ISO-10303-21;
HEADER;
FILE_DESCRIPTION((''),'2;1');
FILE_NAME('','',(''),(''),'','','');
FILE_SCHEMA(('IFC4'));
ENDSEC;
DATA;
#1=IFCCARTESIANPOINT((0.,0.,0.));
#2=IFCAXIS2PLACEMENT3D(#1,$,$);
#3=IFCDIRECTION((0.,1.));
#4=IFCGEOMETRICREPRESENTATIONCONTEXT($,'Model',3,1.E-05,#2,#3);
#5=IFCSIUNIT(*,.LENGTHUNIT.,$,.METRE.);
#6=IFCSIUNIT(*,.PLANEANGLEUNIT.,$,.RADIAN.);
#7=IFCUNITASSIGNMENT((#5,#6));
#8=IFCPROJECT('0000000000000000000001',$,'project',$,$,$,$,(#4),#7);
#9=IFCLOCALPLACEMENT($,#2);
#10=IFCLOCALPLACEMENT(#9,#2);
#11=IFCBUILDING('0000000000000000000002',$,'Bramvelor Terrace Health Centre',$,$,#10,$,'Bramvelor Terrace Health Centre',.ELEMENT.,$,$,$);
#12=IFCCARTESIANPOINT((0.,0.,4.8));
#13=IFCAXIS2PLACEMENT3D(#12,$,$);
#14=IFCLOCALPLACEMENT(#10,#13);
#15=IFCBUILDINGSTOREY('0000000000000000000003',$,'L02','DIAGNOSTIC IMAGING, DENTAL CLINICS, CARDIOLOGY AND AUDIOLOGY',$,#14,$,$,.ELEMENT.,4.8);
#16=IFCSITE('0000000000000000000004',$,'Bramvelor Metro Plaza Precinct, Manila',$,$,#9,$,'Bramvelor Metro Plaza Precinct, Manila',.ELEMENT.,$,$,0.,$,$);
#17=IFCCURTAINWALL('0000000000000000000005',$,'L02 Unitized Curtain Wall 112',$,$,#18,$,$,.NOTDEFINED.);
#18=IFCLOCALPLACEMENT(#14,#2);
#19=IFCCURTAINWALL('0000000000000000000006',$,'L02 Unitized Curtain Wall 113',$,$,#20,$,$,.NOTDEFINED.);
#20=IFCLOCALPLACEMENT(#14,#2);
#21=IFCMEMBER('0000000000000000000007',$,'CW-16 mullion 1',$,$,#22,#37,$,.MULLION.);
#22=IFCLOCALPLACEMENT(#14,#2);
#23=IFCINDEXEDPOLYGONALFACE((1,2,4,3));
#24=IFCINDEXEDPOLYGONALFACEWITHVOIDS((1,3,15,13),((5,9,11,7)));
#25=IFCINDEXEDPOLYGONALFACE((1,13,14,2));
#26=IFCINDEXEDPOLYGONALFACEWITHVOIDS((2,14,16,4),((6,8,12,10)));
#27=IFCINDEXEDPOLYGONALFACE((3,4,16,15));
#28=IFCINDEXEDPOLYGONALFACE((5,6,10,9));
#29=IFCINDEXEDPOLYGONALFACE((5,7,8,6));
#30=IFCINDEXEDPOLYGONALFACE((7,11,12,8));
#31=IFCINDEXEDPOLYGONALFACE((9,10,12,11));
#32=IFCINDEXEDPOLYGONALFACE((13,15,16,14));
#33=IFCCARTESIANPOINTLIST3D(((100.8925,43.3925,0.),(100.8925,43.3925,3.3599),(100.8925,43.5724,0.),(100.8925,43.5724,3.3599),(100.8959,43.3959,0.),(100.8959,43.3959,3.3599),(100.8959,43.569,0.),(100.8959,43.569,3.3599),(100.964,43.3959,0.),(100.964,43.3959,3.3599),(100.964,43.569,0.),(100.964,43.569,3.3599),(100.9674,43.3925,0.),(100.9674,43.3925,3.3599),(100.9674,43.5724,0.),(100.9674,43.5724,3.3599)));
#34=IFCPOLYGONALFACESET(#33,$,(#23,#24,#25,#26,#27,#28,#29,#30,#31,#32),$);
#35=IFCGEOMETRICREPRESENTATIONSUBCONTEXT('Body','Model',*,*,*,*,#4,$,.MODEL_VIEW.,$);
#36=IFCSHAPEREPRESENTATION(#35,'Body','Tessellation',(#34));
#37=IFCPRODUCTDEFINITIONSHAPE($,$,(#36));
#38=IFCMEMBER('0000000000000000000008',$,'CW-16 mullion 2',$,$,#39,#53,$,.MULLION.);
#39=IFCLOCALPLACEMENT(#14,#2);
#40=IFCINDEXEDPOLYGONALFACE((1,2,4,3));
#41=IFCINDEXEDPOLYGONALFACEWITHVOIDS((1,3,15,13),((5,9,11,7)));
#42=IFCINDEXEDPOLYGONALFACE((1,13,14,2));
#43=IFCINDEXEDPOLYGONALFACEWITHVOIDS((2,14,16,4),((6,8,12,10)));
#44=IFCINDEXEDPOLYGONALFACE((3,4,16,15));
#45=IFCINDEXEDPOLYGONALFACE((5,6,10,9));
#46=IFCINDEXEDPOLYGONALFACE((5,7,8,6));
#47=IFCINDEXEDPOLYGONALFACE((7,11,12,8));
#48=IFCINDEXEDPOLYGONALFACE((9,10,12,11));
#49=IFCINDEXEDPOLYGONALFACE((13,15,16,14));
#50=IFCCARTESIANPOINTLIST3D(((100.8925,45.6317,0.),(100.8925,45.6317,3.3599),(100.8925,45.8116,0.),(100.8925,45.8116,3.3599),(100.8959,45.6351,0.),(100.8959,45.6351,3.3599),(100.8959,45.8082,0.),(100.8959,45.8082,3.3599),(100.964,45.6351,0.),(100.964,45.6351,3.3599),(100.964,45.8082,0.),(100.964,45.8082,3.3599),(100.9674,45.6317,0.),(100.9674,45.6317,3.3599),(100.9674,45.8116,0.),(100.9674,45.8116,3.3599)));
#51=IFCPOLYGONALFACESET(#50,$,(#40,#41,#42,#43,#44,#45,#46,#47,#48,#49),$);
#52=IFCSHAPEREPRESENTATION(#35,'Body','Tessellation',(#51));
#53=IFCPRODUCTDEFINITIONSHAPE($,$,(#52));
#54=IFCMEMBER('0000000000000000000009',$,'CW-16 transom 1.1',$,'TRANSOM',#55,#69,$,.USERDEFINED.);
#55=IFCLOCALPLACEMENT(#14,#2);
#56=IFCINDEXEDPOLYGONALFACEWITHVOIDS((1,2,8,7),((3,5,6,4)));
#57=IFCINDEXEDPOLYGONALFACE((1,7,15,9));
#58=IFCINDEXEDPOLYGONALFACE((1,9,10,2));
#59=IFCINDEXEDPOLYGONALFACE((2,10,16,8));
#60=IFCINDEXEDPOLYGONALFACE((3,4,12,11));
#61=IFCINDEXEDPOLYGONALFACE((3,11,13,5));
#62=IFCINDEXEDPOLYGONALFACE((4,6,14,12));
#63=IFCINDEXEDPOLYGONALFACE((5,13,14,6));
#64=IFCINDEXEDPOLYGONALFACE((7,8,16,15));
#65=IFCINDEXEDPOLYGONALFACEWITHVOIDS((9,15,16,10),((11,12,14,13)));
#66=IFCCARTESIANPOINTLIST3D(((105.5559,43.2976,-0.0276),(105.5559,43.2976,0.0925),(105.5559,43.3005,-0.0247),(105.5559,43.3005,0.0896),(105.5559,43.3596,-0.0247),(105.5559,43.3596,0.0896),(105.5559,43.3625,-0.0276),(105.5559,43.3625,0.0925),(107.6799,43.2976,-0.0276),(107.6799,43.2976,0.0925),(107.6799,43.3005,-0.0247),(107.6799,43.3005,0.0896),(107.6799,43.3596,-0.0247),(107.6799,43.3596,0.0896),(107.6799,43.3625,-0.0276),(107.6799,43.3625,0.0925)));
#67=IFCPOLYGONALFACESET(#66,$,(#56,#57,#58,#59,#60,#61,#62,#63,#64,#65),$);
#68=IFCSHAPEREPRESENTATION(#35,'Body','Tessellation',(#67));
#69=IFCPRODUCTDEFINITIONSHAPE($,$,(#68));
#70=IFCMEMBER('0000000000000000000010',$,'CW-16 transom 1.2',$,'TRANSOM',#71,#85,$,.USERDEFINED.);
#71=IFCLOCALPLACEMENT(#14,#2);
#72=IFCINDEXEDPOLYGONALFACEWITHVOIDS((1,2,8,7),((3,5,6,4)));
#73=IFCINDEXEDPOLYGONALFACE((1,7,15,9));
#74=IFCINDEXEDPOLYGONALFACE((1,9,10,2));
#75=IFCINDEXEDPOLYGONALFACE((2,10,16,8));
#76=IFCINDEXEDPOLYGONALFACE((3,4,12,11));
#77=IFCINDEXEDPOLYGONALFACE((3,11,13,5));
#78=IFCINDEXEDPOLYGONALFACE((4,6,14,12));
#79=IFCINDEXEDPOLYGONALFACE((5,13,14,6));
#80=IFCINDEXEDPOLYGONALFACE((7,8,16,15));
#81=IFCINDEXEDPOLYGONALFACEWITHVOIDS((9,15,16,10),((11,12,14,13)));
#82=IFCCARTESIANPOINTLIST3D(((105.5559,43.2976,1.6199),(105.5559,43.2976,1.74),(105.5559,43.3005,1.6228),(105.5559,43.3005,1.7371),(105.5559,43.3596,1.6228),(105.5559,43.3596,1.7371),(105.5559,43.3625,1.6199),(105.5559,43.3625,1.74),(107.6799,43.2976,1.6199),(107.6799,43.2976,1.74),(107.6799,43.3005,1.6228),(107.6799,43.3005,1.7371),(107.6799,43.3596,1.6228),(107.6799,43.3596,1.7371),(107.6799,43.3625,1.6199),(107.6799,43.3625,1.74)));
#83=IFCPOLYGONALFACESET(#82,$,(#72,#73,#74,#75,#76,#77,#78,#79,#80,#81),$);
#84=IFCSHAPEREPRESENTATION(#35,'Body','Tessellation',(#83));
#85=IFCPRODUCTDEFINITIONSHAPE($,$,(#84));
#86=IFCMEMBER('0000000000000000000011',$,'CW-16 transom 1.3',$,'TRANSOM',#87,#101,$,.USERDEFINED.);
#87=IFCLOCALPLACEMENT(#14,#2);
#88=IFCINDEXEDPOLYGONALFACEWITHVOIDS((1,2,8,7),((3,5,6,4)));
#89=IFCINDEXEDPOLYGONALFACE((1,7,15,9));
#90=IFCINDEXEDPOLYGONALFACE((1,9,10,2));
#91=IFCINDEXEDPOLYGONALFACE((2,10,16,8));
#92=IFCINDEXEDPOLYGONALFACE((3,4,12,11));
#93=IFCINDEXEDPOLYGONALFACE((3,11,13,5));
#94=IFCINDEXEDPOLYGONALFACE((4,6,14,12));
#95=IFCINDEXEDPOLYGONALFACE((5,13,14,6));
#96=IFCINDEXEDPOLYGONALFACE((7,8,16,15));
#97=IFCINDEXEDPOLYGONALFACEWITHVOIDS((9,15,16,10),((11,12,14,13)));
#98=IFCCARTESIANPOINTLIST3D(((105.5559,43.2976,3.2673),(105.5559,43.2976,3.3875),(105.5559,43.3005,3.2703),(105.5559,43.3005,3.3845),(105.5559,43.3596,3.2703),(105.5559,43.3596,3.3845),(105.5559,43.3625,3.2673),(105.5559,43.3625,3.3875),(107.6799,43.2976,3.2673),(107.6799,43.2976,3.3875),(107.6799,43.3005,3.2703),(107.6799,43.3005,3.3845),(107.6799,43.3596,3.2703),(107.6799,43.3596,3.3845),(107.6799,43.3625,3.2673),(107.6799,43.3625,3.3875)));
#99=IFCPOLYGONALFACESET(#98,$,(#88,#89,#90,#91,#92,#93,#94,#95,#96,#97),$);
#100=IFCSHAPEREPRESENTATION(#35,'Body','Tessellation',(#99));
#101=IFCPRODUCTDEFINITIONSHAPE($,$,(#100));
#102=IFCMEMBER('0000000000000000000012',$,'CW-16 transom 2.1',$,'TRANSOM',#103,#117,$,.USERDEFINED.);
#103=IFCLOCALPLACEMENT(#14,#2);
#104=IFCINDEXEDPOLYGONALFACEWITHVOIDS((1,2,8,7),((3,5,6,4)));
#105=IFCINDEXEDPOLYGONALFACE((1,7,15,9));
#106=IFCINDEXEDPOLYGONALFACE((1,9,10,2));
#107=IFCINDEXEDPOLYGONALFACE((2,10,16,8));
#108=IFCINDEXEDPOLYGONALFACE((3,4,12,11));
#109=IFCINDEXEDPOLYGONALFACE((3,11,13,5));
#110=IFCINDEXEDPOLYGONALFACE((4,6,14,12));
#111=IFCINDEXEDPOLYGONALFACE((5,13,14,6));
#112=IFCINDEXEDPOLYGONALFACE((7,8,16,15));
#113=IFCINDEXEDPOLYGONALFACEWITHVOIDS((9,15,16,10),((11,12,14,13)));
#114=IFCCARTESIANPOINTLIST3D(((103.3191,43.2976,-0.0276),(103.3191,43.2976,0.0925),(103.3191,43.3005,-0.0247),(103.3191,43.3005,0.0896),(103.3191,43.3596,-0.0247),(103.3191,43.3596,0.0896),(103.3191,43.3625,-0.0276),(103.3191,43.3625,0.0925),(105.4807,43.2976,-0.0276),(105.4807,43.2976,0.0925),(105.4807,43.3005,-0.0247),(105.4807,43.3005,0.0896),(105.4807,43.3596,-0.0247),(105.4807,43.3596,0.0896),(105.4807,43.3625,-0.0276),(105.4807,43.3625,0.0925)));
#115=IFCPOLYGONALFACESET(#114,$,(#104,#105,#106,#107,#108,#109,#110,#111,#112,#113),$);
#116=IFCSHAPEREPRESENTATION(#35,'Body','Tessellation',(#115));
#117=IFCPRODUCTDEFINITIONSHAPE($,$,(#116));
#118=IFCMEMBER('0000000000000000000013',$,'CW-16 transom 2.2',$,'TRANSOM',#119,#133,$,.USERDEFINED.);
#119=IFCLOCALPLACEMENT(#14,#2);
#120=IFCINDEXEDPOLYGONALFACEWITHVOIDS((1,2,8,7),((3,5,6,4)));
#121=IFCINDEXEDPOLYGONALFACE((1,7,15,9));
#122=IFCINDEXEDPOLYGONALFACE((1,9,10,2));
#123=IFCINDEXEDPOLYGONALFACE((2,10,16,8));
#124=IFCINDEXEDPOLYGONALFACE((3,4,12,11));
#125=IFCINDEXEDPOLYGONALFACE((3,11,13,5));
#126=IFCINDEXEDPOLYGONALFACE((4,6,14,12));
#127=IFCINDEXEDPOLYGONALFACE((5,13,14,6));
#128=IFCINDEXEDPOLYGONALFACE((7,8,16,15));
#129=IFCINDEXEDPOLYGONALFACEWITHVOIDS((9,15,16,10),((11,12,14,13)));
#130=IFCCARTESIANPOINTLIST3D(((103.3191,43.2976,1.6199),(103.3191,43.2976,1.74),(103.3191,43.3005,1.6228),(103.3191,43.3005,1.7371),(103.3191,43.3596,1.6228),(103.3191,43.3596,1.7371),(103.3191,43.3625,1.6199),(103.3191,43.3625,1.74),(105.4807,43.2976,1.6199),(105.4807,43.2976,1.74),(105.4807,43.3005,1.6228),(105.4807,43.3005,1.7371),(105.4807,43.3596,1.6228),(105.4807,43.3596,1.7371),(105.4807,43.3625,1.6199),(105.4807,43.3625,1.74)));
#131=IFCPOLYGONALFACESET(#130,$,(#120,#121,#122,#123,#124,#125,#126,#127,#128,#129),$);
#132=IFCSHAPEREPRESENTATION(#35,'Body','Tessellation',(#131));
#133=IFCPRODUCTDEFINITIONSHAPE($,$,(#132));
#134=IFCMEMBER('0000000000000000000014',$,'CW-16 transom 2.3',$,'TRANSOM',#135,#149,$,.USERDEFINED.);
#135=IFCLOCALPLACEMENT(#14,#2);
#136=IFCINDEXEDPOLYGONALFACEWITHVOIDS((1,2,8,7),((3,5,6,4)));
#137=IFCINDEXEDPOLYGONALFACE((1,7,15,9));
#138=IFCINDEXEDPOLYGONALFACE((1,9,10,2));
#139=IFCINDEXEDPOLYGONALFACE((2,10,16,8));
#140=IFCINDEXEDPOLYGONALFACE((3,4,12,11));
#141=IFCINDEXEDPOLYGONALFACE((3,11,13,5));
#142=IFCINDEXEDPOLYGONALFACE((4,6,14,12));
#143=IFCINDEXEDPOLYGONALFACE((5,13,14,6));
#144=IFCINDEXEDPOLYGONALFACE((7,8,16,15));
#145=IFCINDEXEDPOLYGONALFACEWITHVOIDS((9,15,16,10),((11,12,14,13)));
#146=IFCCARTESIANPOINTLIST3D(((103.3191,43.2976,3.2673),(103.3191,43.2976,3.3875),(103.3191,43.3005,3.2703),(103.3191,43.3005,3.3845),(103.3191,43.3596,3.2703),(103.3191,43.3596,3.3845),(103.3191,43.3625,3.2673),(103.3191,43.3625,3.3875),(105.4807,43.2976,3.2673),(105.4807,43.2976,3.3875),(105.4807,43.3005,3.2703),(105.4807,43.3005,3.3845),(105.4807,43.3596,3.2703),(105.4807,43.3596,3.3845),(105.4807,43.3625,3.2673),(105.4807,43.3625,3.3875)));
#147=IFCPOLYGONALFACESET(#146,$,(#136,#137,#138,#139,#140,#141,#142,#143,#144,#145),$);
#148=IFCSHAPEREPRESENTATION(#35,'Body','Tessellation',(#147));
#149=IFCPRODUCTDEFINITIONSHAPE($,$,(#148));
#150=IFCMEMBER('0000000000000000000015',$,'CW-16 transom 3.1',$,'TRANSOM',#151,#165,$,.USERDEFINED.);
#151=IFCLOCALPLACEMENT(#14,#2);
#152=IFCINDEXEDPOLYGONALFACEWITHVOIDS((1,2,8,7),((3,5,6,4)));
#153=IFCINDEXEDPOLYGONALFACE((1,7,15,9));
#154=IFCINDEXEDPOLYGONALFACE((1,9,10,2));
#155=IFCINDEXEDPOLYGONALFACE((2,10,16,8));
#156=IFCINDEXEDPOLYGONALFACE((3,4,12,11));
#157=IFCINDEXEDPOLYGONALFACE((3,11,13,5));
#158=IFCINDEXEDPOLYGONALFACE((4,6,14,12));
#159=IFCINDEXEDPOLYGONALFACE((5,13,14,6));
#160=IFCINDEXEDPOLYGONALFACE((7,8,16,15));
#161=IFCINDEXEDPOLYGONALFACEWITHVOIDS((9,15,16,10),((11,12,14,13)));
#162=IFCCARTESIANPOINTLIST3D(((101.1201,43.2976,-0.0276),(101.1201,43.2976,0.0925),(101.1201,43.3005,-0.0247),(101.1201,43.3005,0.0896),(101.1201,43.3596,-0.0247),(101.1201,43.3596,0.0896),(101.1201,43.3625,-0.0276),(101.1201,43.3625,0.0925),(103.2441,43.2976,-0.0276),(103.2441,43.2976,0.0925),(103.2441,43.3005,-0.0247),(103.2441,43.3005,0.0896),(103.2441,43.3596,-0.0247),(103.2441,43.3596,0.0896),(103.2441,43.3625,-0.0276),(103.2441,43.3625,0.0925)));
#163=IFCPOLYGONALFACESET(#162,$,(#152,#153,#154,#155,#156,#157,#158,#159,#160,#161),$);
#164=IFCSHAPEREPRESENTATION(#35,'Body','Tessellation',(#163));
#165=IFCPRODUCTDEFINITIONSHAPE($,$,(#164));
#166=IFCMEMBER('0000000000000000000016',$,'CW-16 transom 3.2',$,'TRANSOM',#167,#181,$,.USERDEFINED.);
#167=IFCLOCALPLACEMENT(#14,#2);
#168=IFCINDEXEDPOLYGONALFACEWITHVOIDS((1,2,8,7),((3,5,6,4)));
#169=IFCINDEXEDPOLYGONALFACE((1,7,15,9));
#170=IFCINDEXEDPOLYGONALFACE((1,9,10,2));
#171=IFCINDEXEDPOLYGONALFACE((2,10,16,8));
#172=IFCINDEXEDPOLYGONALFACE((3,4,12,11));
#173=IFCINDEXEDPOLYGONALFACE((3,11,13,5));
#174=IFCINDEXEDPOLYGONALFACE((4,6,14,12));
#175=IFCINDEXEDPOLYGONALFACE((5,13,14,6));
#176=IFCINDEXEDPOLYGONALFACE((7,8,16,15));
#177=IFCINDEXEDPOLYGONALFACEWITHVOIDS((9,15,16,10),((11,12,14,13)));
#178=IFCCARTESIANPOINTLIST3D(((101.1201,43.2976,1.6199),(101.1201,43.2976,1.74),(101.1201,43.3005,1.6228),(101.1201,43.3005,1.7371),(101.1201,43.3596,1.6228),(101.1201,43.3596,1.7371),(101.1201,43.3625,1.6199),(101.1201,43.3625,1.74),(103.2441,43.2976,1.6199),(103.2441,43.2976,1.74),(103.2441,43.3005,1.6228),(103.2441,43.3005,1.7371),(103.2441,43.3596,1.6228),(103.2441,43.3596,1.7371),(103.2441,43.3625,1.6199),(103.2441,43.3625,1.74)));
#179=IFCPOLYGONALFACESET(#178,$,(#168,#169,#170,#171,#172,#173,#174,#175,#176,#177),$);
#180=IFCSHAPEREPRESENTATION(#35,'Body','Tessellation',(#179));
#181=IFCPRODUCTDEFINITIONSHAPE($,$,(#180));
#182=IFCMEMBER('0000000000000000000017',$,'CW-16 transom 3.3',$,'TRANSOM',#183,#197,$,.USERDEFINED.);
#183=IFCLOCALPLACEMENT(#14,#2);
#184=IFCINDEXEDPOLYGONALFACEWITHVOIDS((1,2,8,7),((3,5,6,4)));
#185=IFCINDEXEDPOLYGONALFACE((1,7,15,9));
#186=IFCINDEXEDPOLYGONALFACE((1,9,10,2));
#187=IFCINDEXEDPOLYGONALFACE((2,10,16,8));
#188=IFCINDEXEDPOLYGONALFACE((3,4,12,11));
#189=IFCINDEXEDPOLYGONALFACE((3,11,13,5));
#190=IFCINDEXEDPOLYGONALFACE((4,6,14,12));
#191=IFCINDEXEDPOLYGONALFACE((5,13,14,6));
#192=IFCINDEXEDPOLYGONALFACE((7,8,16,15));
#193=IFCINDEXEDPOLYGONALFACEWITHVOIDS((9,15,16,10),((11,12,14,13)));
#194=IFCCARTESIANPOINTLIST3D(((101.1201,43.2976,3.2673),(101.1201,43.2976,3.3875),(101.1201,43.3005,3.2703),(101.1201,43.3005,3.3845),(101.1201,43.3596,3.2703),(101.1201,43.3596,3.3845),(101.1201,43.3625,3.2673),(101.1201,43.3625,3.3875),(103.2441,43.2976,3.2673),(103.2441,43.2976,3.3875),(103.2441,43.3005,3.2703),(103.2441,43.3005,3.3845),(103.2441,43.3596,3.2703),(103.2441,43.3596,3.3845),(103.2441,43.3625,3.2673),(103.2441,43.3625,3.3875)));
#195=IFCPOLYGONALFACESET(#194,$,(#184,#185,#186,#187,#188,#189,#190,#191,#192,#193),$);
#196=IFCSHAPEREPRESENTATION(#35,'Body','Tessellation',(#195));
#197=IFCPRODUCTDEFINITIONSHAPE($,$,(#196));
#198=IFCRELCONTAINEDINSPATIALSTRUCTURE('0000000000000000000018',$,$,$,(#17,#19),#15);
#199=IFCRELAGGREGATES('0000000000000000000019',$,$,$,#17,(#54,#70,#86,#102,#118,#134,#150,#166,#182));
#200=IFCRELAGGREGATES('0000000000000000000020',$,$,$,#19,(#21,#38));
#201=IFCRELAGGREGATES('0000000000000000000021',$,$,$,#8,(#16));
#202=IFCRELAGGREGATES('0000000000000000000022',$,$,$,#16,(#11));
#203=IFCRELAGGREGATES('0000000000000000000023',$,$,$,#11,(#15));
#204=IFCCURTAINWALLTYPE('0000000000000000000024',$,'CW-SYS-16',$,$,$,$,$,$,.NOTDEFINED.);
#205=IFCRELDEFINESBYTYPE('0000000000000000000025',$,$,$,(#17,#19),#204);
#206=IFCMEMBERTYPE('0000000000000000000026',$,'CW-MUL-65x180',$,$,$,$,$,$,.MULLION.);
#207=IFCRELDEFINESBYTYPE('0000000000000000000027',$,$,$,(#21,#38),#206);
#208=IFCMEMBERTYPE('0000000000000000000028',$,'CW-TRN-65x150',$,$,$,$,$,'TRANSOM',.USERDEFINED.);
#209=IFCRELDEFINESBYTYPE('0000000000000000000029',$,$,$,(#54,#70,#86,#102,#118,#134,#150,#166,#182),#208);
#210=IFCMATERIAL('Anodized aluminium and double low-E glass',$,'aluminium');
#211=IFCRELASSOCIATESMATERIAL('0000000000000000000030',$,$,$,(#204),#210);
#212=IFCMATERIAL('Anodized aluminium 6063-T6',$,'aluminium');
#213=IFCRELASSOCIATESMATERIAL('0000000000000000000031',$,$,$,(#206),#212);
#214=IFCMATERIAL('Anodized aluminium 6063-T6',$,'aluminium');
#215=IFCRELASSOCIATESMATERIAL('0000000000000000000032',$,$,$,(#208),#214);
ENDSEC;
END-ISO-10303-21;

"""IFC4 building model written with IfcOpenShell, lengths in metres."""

from ifc_helpers import new_model, si_unit, direction, frame, origin, origin_2d, place, context, subcontext, project, spatial, hollow_rectangle, extrude, material, material_profile, profile_set, type_object, element, aggregate, save


model = new_model("IFC4")

# Units and contexts
model_context = context("Model", 3, precision=1e-05, world=origin(), true_north=direction((0.0, 1.0)))
body_context = subcontext(model_context, "Body", "Model", "MODEL_VIEW")
ifc_project = project(units=[si_unit("LENGTHUNIT", "METRE"), si_unit("PLANEANGLEUNIT", "RADIAN")], contexts=[model_context])

# Site, building, storey
site_placement = place(None, origin())
site = spatial("IfcSite", under=ifc_project, at=site_placement, Name="Bramvelor Metro Plaza Precinct, Manila", LongName="Bramvelor Metro Plaza Precinct, Manila", CompositionType="ELEMENT", RefElevation=0.0)
building_placement = place(site_placement, origin())
building = spatial("IfcBuilding", under=site, at=building_placement, Name="Bramvelor Terrace Health Centre", LongName="Bramvelor Terrace Health Centre", CompositionType="ELEMENT")
storey_placement = place(building_placement, frame((0.0, 0.0, 4.8)))
storey = spatial("IfcBuildingStorey", under=building, at=storey_placement, Name="L02", Description="DIAGNOSTIC IMAGING, DENTAL CLINICS, CARDIOLOGY AND AUDIOLOGY", CompositionType="ELEMENT", Elevation=4.8)

# Curtain walls, members
ifc_material_1 = material(Name="Anodized aluminium and double low-E glass", Category="aluminium")
curtain_wall_type = type_object("IfcCurtainWallType", Name="CW-SYS-16", PredefinedType="NOTDEFINED", material=ifc_material_1)
curtain_wall_1_placement = place(storey_placement, origin())
curtain_wall_1 = element("IfcCurtainWall", 1, at=curtain_wall_1_placement, inside=storey, type_object=curtain_wall_type, Name="L02 Unitized Curtain Wall 112", PredefinedType="NOTDEFINED")
ifc_material_2 = material(Name="Anodized aluminium 6063-T6", Category="aluminium")
ifc_material_profile_1 = material_profile(ifc_material_2, hollow_rectangle(XDim=0.075, YDim=0.1799, WallThickness=0.0034, at=origin_2d()), Name="ALU-MUL 75x180x3.5")
ifc_profile_set_1 = profile_set([ifc_material_profile_1], Name="Anodized aluminium 6063-T6")
member_type_1 = type_object("IfcMemberType", Name="CW-MUL-65x180", PredefinedType="MULLION", material=ifc_profile_set_1)
curtain_wall_2_placement = place(storey_placement, origin())
curtain_wall_2 = element("IfcCurtainWall", 2, at=curtain_wall_2_placement, inside=storey, type_object=curtain_wall_type, Name="L02 Unitized Curtain Wall 113", PredefinedType="NOTDEFINED")
member_1_placement = place(storey_placement, frame((100.9299, 43.4824, 0.0), z_axis=(0.0, 0.0, 1.0), x_axis=(-1.0, 0.0, 0.0)))
member_1 = element("IfcMember", 3, at=member_1_placement, type_object=member_type_1, Name="CW-16 mullion 1", PredefinedType="MULLION", context=body_context, shape_type="SweptSolid", body=[
    extrude(hollow_rectangle(XDim=0.075, YDim=0.1799, WallThickness=0.0034, at=origin_2d()), origin(), (0.0, 0.0, 1.0), 3.3599),
])
member_2_placement = place(storey_placement, frame((100.9299, 45.7217, 0.0), z_axis=(0.0, 0.0, 1.0), x_axis=(-1.0, 0.0, 0.0)))
member_2 = element("IfcMember", 4, at=member_2_placement, type_object=member_type_1, Name="CW-16 mullion 2", PredefinedType="MULLION", context=body_context, shape_type="SweptSolid", body=[
    extrude(hollow_rectangle(XDim=0.075, YDim=0.1799, WallThickness=0.0034, at=origin_2d()), origin(), (0.0, 0.0, 1.0), 3.3599),
])

# Members
ifc_material_3 = material(Name="Anodized aluminium 6063-T6", Category="aluminium")
ifc_material_profile_2 = material_profile(ifc_material_3, hollow_rectangle(XDim=0.0649, YDim=0.1201, WallThickness=0.0029, at=origin_2d()), Name="ALU-TRN 65x120x3.0")
ifc_profile_set_2 = profile_set([ifc_material_profile_2], Name="Anodized aluminium 6063-T6")
member_type_2 = type_object("IfcMemberType", Name="CW-TRN-65x150", ElementType="TRANSOM", PredefinedType="USERDEFINED", material=ifc_profile_set_2)
member_3_placement = place(storey_placement, frame((107.6799, 43.3301, 0.0325), z_axis=(-1.0, 0.0, 0.0), x_axis=(0.0, -1.0, 0.0)))
member_3 = element("IfcMember", 5, at=member_3_placement, type_object=member_type_2, Name="CW-16 transom 1.1", ObjectType="TRANSOM", PredefinedType="USERDEFINED", context=body_context, shape_type="SweptSolid", body=[
    extrude(hollow_rectangle(XDim=0.0649, YDim=0.1201, WallThickness=0.0029, at=origin_2d()), origin(), (0.0, 0.0, 1.0), 2.124),
])
member_4_placement = place(storey_placement, frame((107.6799, 43.3301, 1.6799), z_axis=(-1.0, 0.0, 0.0), x_axis=(0.0, -1.0, 0.0)))
member_4 = element("IfcMember", 6, at=member_4_placement, type_object=member_type_2, Name="CW-16 transom 1.2", ObjectType="TRANSOM", PredefinedType="USERDEFINED", context=body_context, shape_type="SweptSolid", body=[
    extrude(hollow_rectangle(XDim=0.0649, YDim=0.1201, WallThickness=0.0029, at=origin_2d()), origin(), (0.0, 0.0, 1.0), 2.124),
])
member_5_placement = place(storey_placement, frame((107.6799, 43.3301, 3.3274), z_axis=(-1.0, 0.0, 0.0), x_axis=(0.0, -1.0, 0.0)))
member_5 = element("IfcMember", 7, at=member_5_placement, type_object=member_type_2, Name="CW-16 transom 1.3", ObjectType="TRANSOM", PredefinedType="USERDEFINED", context=body_context, shape_type="SweptSolid", body=[
    extrude(hollow_rectangle(XDim=0.0649, YDim=0.1201, WallThickness=0.0029, at=origin_2d()), origin(), (0.0, 0.0, 1.0), 2.124),
])
member_6_placement = place(storey_placement, frame((105.4807, 43.3301, 0.0325), z_axis=(-1.0, 0.0, 0.0), x_axis=(0.0, -1.0, 0.0)))
member_6 = element("IfcMember", 8, at=member_6_placement, type_object=member_type_2, Name="CW-16 transom 2.1", ObjectType="TRANSOM", PredefinedType="USERDEFINED", context=body_context, shape_type="SweptSolid", body=[
    extrude(hollow_rectangle(XDim=0.0649, YDim=0.1201, WallThickness=0.0029, at=origin_2d()), origin(), (0.0, 0.0, 1.0), 2.1616),
])
member_7_placement = place(storey_placement, frame((105.4807, 43.3301, 1.6799), z_axis=(-1.0, 0.0, 0.0), x_axis=(0.0, -1.0, 0.0)))
member_7 = element("IfcMember", 9, at=member_7_placement, type_object=member_type_2, Name="CW-16 transom 2.2", ObjectType="TRANSOM", PredefinedType="USERDEFINED", context=body_context, shape_type="SweptSolid", body=[
    extrude(hollow_rectangle(XDim=0.0649, YDim=0.1201, WallThickness=0.0029, at=origin_2d()), origin(), (0.0, 0.0, 1.0), 2.1616),
])
member_8_placement = place(storey_placement, frame((105.4807, 43.3301, 3.3274), z_axis=(-1.0, 0.0, 0.0), x_axis=(0.0, -1.0, 0.0)))
member_8 = element("IfcMember", 10, at=member_8_placement, type_object=member_type_2, Name="CW-16 transom 2.3", ObjectType="TRANSOM", PredefinedType="USERDEFINED", context=body_context, shape_type="SweptSolid", body=[
    extrude(hollow_rectangle(XDim=0.0649, YDim=0.1201, WallThickness=0.0029, at=origin_2d()), origin(), (0.0, 0.0, 1.0), 2.1616),
])
member_9_placement = place(storey_placement, frame((103.2441, 43.3301, 0.0325), z_axis=(-1.0, 0.0, 0.0), x_axis=(0.0, -1.0, 0.0)))
member_9 = element("IfcMember", 11, at=member_9_placement, type_object=member_type_2, Name="CW-16 transom 3.1", ObjectType="TRANSOM", PredefinedType="USERDEFINED", context=body_context, shape_type="SweptSolid", body=[
    extrude(hollow_rectangle(XDim=0.0649, YDim=0.1201, WallThickness=0.0029, at=origin_2d()), origin(), (0.0, 0.0, 1.0), 2.124),
])
member_10_placement = place(storey_placement, frame((103.2441, 43.3301, 1.6799), z_axis=(-1.0, 0.0, 0.0), x_axis=(0.0, -1.0, 0.0)))
member_10 = element("IfcMember", 12, at=member_10_placement, type_object=member_type_2, Name="CW-16 transom 3.2", ObjectType="TRANSOM", PredefinedType="USERDEFINED", context=body_context, shape_type="SweptSolid", body=[
    extrude(hollow_rectangle(XDim=0.0649, YDim=0.1201, WallThickness=0.0029, at=origin_2d()), origin(), (0.0, 0.0, 1.0), 2.124),
])
member_11_placement = place(storey_placement, frame((103.2441, 43.3301, 3.3274), z_axis=(-1.0, 0.0, 0.0), x_axis=(0.0, -1.0, 0.0)))
member_11 = element("IfcMember", 13, at=member_11_placement, type_object=member_type_2, Name="CW-16 transom 3.3", ObjectType="TRANSOM", PredefinedType="USERDEFINED", context=body_context, shape_type="SweptSolid", body=[
    extrude(hollow_rectangle(XDim=0.0649, YDim=0.1201, WallThickness=0.0029, at=origin_2d()), origin(), (0.0, 0.0, 1.0), 2.124),
])

aggregate(curtain_wall_1, [member_3, member_4, member_5, member_6, member_7, member_8, member_9, member_10, member_11])
aggregate(curtain_wall_2, [member_1, member_2])

save(model, "model.ifc")
